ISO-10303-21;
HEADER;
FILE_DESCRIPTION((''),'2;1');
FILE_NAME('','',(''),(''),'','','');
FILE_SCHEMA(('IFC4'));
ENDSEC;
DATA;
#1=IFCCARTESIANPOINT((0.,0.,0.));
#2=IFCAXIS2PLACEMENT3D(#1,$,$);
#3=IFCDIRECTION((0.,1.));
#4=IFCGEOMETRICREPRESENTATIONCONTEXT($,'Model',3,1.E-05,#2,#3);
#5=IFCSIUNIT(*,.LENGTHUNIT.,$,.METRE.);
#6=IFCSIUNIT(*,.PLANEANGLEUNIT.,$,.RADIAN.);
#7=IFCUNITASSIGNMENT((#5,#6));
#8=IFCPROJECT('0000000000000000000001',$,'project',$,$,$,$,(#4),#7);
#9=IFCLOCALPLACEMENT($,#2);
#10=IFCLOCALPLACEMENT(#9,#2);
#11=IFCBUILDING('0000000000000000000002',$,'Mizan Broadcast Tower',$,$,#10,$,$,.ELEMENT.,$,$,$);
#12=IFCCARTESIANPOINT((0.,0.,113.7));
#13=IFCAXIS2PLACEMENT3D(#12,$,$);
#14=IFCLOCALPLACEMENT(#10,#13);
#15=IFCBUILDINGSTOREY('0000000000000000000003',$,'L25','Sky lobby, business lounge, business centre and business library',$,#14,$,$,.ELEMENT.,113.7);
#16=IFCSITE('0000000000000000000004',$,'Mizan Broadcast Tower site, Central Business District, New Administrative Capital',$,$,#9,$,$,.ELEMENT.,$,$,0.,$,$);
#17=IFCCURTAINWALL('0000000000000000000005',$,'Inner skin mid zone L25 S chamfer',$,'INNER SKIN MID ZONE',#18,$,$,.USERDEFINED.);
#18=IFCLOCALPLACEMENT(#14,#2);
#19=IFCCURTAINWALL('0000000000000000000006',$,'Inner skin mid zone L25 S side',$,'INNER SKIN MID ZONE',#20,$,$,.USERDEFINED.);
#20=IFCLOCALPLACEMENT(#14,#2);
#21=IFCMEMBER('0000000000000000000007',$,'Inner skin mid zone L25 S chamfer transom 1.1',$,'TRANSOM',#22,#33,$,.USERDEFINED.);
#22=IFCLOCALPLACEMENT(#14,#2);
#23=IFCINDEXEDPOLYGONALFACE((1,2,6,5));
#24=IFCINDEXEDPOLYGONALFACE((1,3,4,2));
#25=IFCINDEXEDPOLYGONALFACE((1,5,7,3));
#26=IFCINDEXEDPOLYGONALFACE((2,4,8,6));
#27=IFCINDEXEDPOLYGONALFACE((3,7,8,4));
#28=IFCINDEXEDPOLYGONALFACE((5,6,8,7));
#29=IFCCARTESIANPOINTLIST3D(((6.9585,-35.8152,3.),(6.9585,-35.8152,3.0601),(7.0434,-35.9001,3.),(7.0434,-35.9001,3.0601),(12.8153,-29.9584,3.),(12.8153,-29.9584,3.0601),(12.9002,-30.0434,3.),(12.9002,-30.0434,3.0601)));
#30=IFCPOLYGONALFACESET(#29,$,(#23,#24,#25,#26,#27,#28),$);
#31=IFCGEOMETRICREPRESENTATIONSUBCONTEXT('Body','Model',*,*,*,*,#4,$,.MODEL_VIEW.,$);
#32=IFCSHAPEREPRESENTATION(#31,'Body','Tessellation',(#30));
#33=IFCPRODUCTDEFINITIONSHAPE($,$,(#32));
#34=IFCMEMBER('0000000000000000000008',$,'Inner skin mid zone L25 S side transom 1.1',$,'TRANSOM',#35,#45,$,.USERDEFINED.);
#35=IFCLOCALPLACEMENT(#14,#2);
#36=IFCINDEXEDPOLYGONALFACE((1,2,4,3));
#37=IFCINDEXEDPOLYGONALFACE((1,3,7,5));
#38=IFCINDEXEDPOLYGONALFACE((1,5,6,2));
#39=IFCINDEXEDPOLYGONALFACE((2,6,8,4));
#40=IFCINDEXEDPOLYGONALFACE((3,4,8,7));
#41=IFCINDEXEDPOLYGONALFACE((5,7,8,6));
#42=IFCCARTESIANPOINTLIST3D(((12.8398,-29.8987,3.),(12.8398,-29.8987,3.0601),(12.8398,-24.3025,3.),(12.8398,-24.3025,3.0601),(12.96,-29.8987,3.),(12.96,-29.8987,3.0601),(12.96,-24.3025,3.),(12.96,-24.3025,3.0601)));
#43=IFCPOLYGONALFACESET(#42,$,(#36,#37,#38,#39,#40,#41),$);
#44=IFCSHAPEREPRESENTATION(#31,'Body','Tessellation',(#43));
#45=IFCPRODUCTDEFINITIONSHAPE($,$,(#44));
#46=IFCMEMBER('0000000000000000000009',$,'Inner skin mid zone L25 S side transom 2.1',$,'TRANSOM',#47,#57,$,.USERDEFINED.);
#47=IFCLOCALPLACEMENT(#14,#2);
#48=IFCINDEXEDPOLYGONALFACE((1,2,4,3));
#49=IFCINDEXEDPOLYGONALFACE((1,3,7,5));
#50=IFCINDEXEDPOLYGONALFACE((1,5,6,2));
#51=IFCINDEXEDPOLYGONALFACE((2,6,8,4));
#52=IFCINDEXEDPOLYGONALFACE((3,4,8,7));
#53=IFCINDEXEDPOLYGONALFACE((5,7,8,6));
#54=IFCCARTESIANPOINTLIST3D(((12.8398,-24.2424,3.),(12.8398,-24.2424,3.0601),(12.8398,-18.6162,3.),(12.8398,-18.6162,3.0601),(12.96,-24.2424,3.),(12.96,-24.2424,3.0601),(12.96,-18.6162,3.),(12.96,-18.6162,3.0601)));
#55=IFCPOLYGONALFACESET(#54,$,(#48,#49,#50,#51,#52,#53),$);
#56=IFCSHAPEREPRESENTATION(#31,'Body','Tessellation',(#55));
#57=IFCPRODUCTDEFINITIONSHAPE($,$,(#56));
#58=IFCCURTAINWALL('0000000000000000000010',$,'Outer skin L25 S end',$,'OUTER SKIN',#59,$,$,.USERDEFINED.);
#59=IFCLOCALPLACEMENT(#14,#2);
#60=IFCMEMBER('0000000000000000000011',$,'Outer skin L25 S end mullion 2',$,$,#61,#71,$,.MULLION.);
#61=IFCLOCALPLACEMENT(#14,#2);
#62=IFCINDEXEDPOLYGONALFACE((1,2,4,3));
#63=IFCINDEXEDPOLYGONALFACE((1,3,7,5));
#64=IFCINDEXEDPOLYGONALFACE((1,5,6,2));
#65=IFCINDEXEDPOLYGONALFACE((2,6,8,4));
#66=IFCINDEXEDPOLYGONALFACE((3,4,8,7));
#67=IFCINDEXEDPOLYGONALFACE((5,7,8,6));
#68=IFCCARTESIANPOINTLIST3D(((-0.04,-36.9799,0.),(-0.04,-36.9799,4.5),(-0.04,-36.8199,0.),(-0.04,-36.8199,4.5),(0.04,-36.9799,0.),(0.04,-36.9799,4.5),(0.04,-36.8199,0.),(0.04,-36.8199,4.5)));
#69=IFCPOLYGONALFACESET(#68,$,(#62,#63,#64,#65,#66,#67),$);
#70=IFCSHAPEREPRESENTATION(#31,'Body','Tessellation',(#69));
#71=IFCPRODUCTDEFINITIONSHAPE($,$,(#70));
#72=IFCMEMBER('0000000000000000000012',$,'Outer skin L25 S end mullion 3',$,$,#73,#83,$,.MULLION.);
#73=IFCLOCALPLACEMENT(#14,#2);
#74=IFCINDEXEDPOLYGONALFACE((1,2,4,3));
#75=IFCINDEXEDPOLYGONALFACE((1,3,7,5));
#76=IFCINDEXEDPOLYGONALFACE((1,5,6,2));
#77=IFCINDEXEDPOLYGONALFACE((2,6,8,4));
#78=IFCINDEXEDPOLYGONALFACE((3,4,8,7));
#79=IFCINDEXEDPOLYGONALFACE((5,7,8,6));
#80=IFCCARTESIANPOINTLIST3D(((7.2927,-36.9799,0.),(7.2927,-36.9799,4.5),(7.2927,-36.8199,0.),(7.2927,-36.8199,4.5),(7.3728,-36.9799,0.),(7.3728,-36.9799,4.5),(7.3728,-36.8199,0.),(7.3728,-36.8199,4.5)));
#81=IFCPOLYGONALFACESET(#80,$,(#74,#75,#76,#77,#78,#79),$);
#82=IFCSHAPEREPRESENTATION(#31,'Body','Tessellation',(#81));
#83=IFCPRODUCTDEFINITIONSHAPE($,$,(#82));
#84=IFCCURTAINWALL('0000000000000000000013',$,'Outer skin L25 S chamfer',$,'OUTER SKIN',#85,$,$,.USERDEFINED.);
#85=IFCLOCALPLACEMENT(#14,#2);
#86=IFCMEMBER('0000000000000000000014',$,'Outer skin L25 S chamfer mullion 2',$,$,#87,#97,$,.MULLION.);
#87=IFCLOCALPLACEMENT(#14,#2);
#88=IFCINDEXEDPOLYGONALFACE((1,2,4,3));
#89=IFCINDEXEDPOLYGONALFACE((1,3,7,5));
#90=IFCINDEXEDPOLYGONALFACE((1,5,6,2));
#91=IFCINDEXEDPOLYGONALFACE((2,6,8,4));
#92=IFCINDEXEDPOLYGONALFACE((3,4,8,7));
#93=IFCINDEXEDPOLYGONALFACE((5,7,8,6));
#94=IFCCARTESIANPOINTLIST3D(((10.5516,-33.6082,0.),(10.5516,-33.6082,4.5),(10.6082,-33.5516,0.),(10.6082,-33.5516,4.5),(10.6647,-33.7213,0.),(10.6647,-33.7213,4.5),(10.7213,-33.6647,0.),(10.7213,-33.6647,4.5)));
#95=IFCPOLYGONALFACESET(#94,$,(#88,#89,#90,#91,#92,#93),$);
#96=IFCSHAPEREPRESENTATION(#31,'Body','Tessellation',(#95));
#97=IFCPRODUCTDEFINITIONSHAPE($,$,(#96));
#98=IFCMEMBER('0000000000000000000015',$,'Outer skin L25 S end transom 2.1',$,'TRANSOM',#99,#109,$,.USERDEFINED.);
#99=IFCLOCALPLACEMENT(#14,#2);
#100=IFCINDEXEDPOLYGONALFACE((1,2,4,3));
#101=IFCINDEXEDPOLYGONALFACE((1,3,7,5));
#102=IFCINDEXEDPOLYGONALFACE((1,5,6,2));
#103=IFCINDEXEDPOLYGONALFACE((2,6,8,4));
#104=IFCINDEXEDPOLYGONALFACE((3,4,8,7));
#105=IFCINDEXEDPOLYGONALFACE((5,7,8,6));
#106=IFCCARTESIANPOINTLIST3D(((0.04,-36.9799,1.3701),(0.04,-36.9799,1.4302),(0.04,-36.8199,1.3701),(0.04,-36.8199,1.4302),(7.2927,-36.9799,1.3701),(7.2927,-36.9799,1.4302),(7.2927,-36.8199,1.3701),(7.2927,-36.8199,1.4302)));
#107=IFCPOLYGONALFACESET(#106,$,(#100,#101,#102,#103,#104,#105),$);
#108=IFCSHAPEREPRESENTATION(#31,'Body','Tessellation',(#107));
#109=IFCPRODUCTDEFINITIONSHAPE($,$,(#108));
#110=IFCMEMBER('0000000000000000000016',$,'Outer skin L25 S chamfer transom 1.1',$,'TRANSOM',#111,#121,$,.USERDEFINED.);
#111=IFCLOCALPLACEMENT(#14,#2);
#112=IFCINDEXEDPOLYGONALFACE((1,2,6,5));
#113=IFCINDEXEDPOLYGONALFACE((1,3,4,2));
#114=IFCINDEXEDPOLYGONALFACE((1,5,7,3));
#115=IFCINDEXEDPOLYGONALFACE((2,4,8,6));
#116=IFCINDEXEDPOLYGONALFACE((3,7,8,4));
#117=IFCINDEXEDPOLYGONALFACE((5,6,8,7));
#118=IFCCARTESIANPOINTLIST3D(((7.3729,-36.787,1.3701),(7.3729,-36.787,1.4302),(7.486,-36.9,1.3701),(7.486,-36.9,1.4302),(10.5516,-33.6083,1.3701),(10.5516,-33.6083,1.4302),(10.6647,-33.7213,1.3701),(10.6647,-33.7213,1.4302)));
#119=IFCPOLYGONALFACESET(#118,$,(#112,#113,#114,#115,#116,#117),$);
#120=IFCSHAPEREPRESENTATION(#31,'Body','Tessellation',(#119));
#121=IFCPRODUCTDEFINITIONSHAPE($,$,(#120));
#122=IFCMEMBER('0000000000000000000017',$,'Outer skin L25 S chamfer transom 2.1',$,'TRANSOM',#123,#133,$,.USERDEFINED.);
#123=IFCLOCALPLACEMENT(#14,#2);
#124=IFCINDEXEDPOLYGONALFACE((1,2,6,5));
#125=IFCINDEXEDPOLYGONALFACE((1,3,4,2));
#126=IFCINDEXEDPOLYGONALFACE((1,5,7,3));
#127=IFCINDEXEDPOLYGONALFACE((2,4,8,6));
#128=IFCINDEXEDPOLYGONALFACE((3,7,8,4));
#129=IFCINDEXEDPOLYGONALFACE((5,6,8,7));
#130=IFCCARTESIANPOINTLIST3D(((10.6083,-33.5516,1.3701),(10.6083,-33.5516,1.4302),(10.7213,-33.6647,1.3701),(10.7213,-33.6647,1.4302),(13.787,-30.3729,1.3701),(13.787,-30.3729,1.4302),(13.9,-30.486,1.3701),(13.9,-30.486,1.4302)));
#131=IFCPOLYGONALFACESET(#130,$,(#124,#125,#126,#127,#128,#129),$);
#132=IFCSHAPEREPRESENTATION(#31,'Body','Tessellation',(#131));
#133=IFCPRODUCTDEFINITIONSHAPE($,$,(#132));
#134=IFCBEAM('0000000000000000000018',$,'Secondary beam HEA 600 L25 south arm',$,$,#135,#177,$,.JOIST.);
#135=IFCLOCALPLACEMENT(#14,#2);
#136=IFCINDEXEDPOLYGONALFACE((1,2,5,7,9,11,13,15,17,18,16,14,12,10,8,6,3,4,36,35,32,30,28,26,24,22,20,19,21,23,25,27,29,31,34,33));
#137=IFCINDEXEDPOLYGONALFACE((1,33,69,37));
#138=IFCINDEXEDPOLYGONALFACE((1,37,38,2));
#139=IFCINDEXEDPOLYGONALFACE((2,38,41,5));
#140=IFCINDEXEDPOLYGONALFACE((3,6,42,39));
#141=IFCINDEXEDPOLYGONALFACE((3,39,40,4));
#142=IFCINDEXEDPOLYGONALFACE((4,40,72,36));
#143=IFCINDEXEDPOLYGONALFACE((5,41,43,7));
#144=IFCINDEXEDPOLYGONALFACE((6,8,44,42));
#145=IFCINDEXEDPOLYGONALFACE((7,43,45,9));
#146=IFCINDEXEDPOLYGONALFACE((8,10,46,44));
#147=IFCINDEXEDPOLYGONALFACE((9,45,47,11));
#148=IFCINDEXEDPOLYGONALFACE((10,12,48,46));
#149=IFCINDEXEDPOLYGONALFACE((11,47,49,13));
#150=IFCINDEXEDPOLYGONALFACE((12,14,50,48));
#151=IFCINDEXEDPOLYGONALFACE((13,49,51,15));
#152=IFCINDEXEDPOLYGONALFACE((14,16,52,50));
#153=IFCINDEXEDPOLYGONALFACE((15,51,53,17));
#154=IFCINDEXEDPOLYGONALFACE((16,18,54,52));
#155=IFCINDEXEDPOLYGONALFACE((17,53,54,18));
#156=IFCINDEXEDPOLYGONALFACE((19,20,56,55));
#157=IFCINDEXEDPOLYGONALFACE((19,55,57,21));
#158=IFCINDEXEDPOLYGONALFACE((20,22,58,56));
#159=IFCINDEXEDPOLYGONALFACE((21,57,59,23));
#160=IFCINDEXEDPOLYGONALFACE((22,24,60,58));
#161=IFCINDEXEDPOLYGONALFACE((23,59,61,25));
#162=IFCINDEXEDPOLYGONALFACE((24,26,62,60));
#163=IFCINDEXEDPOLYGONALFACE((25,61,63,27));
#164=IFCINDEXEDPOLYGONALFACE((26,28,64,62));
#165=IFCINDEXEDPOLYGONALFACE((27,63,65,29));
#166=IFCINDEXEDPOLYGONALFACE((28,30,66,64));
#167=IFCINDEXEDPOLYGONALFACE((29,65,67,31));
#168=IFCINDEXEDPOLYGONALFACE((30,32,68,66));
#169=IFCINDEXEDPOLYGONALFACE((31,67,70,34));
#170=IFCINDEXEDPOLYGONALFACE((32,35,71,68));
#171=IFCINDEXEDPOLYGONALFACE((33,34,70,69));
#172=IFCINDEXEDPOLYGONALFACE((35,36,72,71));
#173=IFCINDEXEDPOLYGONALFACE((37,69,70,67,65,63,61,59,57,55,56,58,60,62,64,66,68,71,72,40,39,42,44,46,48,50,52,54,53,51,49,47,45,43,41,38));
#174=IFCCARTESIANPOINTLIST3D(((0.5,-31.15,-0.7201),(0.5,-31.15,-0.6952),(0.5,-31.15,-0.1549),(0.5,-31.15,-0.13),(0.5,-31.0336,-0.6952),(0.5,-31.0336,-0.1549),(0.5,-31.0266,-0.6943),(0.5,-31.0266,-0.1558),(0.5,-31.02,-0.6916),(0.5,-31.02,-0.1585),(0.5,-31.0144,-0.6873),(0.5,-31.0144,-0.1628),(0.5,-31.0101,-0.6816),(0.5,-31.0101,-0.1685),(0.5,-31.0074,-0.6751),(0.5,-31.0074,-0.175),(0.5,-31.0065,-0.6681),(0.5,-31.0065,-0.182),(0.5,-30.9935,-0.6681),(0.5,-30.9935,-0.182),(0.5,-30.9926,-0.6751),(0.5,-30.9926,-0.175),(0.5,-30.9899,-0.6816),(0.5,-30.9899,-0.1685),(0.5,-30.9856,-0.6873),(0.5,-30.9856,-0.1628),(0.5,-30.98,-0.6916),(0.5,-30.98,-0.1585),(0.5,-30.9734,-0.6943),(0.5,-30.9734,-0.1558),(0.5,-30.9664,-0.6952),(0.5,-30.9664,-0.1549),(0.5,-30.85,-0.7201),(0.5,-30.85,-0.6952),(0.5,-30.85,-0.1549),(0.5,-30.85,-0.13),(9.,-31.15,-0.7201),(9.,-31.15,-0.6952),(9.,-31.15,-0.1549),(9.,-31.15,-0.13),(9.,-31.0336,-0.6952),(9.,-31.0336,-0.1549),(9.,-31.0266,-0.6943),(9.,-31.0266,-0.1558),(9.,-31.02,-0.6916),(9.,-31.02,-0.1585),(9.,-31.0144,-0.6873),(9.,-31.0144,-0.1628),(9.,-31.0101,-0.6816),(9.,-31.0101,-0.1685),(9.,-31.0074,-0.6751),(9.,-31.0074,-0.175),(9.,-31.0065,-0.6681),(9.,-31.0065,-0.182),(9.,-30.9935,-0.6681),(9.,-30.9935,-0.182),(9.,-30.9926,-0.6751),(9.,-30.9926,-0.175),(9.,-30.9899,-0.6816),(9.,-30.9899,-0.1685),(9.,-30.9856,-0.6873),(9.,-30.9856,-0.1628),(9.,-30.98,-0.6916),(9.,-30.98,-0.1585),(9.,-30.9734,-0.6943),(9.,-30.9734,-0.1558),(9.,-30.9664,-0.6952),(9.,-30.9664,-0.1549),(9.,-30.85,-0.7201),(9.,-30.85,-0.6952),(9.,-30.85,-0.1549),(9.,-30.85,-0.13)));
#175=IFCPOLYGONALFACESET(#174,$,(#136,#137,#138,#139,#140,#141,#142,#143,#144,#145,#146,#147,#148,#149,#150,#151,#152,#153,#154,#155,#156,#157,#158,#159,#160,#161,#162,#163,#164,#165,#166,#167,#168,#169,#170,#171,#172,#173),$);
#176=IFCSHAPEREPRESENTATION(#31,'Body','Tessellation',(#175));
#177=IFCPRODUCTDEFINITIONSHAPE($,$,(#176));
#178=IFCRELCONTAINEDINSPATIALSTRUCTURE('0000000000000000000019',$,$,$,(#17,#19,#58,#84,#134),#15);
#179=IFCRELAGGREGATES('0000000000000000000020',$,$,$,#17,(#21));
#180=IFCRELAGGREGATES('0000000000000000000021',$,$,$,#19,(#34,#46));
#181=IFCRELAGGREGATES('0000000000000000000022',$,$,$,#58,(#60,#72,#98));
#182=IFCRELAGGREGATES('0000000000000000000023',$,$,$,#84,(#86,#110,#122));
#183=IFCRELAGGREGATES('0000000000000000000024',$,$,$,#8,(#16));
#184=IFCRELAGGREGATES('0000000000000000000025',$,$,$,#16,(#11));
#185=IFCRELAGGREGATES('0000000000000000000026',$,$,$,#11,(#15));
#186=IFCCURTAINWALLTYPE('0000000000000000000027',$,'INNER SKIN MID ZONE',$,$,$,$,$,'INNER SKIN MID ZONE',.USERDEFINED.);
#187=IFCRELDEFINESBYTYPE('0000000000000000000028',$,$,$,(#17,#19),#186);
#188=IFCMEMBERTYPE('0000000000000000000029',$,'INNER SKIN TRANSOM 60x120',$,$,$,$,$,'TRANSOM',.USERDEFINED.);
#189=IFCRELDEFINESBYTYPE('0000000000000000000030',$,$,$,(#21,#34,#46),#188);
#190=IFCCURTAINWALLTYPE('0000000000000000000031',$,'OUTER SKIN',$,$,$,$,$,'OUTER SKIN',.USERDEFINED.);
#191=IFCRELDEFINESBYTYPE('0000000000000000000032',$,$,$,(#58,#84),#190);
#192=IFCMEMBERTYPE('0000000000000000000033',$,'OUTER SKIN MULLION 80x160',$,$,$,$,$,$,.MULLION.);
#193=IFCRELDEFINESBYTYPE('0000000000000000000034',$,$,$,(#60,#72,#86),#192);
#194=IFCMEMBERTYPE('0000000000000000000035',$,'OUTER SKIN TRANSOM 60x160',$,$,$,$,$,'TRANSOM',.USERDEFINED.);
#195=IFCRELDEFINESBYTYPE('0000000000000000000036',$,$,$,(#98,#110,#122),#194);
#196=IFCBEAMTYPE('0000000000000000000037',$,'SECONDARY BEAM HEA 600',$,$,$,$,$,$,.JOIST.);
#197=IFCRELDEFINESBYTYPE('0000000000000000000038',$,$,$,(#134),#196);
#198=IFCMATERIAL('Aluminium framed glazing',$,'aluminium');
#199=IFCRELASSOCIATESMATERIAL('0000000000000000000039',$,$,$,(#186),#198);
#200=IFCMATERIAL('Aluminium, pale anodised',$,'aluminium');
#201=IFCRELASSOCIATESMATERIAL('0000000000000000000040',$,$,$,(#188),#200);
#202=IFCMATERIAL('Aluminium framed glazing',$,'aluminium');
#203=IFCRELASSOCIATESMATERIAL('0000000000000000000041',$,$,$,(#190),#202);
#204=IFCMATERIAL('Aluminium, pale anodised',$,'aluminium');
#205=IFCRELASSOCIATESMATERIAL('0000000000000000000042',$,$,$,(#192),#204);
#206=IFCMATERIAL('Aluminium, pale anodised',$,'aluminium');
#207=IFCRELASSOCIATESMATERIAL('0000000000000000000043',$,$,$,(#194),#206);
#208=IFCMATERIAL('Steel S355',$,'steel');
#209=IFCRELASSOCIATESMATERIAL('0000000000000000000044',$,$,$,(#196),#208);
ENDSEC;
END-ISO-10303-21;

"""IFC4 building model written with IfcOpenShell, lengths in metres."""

from ifc_helpers import new_model, si_unit, direction, frame, origin, origin_2d, place, context, subcontext, project, spatial, rectangle, i_section, extrude, material, material_profile, profile_set, type_object, element, aggregate, save


model = new_model("IFC4")

# Units and contexts
model_context = context("Model", 3, precision=1e-05, world=origin(), true_north=direction((0.0, 1.0)))
body_context = subcontext(model_context, "Body", "Model", "MODEL_VIEW")
ifc_project = project(units=[si_unit("LENGTHUNIT", "METRE"), si_unit("PLANEANGLEUNIT", "RADIAN")], contexts=[model_context])

# Site, building, storey
site_placement = place(None, origin())
site = spatial("IfcSite", under=ifc_project, at=site_placement, Name="Mizan Broadcast Tower site, Central Business District, New Administrative Capital", CompositionType="ELEMENT", RefElevation=0.0)
building_placement = place(site_placement, origin())
building = spatial("IfcBuilding", under=site, at=building_placement, Name="Mizan Broadcast Tower", CompositionType="ELEMENT")
storey_placement = place(building_placement, frame((0.0, 0.0, 113.7)))
storey = spatial("IfcBuildingStorey", under=building, at=storey_placement, Name="L25", Description="Sky lobby, business lounge, business centre and business library", CompositionType="ELEMENT", Elevation=113.7)

# Shared definitions
ifc_material_1 = material(Name="Aluminium framed glazing", Category="aluminium")
curtain_wall_type_1 = type_object("IfcCurtainWallType", Name="INNER SKIN MID ZONE", ElementType="INNER SKIN MID ZONE", PredefinedType="USERDEFINED", material=ifc_material_1)

# Curtain walls
curtain_wall_1_placement = place(storey_placement, origin())
curtain_wall_1 = element("IfcCurtainWall", 1, at=curtain_wall_1_placement, inside=storey, type_object=curtain_wall_type_1, Name="Inner skin mid zone L25 S chamfer", ObjectType="INNER SKIN MID ZONE", PredefinedType="USERDEFINED")
curtain_wall_2_placement = place(storey_placement, origin())
curtain_wall_2 = element("IfcCurtainWall", 2, at=curtain_wall_2_placement, inside=storey, type_object=curtain_wall_type_1, Name="Inner skin mid zone L25 S side", ObjectType="INNER SKIN MID ZONE", PredefinedType="USERDEFINED")

# Members
ifc_material_2 = material(Name="Aluminium, pale anodised", Category="aluminium")
ifc_material_profile_1 = material_profile(ifc_material_2, rectangle(XDim=0.1201, YDim=0.0601, at=origin_2d()), Name="TRANSOM 120x60")
ifc_profile_set_1 = profile_set([ifc_material_profile_1], Name="Aluminium, pale anodised")
member_type_1 = type_object("IfcMemberType", Name="INNER SKIN TRANSOM 60x120", ElementType="TRANSOM", PredefinedType="USERDEFINED", material=ifc_profile_set_1)
member_1_placement = place(storey_placement, frame((7.001, -35.8577, 3.03), z_axis=(0.707107, 0.707107, 0.0), x_axis=(-0.707107, 0.707107, 0.0)))
member_1 = element("IfcMember", 3, at=member_1_placement, type_object=member_type_1, Name="Inner skin mid zone L25 S chamfer transom 1.1", ObjectType="TRANSOM", PredefinedType="USERDEFINED", context=body_context, shape_type="SweptSolid", body=[
    extrude(rectangle(XDim=0.1201, YDim=0.0601, at=origin_2d()), origin(), (0.0, 0.0, 1.0), 8.2827),
])
member_2_placement = place(storey_placement, frame((12.8999, -29.8987, 3.03), z_axis=(0.0, 1.0, 0.0), x_axis=(-1.0, 0.0, 0.0)))
member_2 = element("IfcMember", 4, at=member_2_placement, type_object=member_type_1, Name="Inner skin mid zone L25 S side transom 1.1", ObjectType="TRANSOM", PredefinedType="USERDEFINED", context=body_context, shape_type="SweptSolid", body=[
    extrude(rectangle(XDim=0.1201, YDim=0.0601, at=origin_2d()), origin(), (0.0, 0.0, 1.0), 5.5962),
])
member_3_placement = place(storey_placement, frame((12.8999, -24.2424, 3.03), z_axis=(0.0, 1.0, 0.0), x_axis=(-1.0, 0.0, 0.0)))
member_3 = element("IfcMember", 5, at=member_3_placement, type_object=member_type_1, Name="Inner skin mid zone L25 S side transom 2.1", ObjectType="TRANSOM", PredefinedType="USERDEFINED", context=body_context, shape_type="SweptSolid", body=[
    extrude(rectangle(XDim=0.1201, YDim=0.0601, at=origin_2d()), origin(), (0.0, 0.0, 1.0), 5.6262),
])

# Curtain wall, members
ifc_material_3 = material(Name="Aluminium framed glazing", Category="aluminium")
curtain_wall_type_2 = type_object("IfcCurtainWallType", Name="OUTER SKIN", ElementType="OUTER SKIN", PredefinedType="USERDEFINED", material=ifc_material_3)
curtain_wall_3_placement = place(storey_placement, origin())
curtain_wall_3 = element("IfcCurtainWall", 6, at=curtain_wall_3_placement, inside=storey, type_object=curtain_wall_type_2, Name="Outer skin L25 S end", ObjectType="OUTER SKIN", PredefinedType="USERDEFINED")
ifc_material_4 = material(Name="Aluminium, pale anodised", Category="aluminium")
ifc_material_profile_2 = material_profile(ifc_material_4, rectangle(XDim=0.1599, YDim=0.0801, at=origin_2d()), Name="MULLION 160x80")
ifc_profile_set_2 = profile_set([ifc_material_profile_2], Name="Aluminium, pale anodised")
member_type_2 = type_object("IfcMemberType", Name="OUTER SKIN MULLION 80x160", PredefinedType="MULLION", material=ifc_profile_set_2)
member_4_placement = place(storey_placement, frame((0.0, -36.8999, 0.0), z_axis=(0.0, 0.0, 1.0), x_axis=(0.0, 1.0, 0.0)))
member_4 = element("IfcMember", 7, at=member_4_placement, type_object=member_type_2, Name="Outer skin L25 S end mullion 2", PredefinedType="MULLION", context=body_context, shape_type="SweptSolid", body=[
    extrude(rectangle(XDim=0.1599, YDim=0.0801, at=origin_2d()), origin(), (0.0, 0.0, 1.0), 4.5),
])
member_5_placement = place(storey_placement, frame((7.3328, -36.8999, 0.0), z_axis=(0.0, 0.0, 1.0), x_axis=(0.0, 1.0, 0.0)))
member_5 = element("IfcMember", 8, at=member_5_placement, type_object=member_type_2, Name="Outer skin L25 S end mullion 3", PredefinedType="MULLION", context=body_context, shape_type="SweptSolid", body=[
    extrude(rectangle(XDim=0.1599, YDim=0.0801, at=origin_2d()), origin(), (0.0, 0.0, 1.0), 4.5),
])

# Curtain wall, member
curtain_wall_4_placement = place(storey_placement, origin())
curtain_wall_4 = element("IfcCurtainWall", 9, at=curtain_wall_4_placement, inside=storey, type_object=curtain_wall_type_2, Name="Outer skin L25 S chamfer", ObjectType="OUTER SKIN", PredefinedType="USERDEFINED")
member_6_placement = place(storey_placement, frame((10.6365, -33.6365, 0.0), z_axis=(0.0, 0.0, 1.0), x_axis=(-0.707107, 0.707107, 0.0)))
member_6 = element("IfcMember", 10, at=member_6_placement, type_object=member_type_2, Name="Outer skin L25 S chamfer mullion 2", PredefinedType="MULLION", context=body_context, shape_type="SweptSolid", body=[
    extrude(rectangle(XDim=0.1599, YDim=0.0801, at=origin_2d()), origin(), (0.0, 0.0, 1.0), 4.5),
])

# Members
ifc_material_5 = material(Name="Aluminium, pale anodised", Category="aluminium")
ifc_material_profile_3 = material_profile(ifc_material_5, rectangle(XDim=0.1599, YDim=0.0601, at=origin_2d()), Name="TRANSOM 160x60")
ifc_profile_set_3 = profile_set([ifc_material_profile_3], Name="Aluminium, pale anodised")
member_type_3 = type_object("IfcMemberType", Name="OUTER SKIN TRANSOM 60x160", ElementType="TRANSOM", PredefinedType="USERDEFINED", material=ifc_profile_set_3)
member_7_placement = place(storey_placement, frame((0.04, -36.8999, 1.4001), z_axis=(1.0, 0.0, 0.0), x_axis=(0.0, 1.0, 0.0)))
member_7 = element("IfcMember", 11, at=member_7_placement, type_object=member_type_3, Name="Outer skin L25 S end transom 2.1", ObjectType="TRANSOM", PredefinedType="USERDEFINED", context=body_context, shape_type="SweptSolid", body=[
    extrude(rectangle(XDim=0.1599, YDim=0.0601, at=origin_2d()), origin(), (0.0, 0.0, 1.0), 7.2527),
])
member_8_placement = place(storey_placement, frame((7.4294, -36.8435, 1.4001), z_axis=(0.707107, 0.707107, 0.0), x_axis=(-0.707107, 0.707107, 0.0)))
member_8 = element("IfcMember", 12, at=member_8_placement, type_object=member_type_3, Name="Outer skin L25 S chamfer transom 1.1", ObjectType="TRANSOM", PredefinedType="USERDEFINED", context=body_context, shape_type="SweptSolid", body=[
    extrude(rectangle(XDim=0.1599, YDim=0.0601, at=origin_2d()), origin(), (0.0, 0.0, 1.0), 4.4954),
])
member_9_placement = place(storey_placement, frame((10.6648, -33.6082, 1.4001), z_axis=(0.707107, 0.707107, 0.0), x_axis=(-0.707107, 0.707107, 0.0)))
member_9 = element("IfcMember", 13, at=member_9_placement, type_object=member_type_3, Name="Outer skin L25 S chamfer transom 2.1", ObjectType="TRANSOM", PredefinedType="USERDEFINED", context=body_context, shape_type="SweptSolid", body=[
    extrude(rectangle(XDim=0.1599, YDim=0.0601, at=origin_2d()), origin(), (0.0, 0.0, 1.0), 4.4954),
])

# Beam
ifc_material_6 = material(Name="Steel S355", Category="steel")
ifc_material_profile_4 = material_profile(ifc_material_6, i_section(OverallWidth=0.3, OverallDepth=0.5901, WebThickness=0.0129, FlangeThickness=0.0249, FilletRadius=0.0271, at=origin_2d()), Name="HEA 600")
ifc_profile_set_4 = profile_set([ifc_material_profile_4], Name="Steel S355")
beam_type_1 = type_object("IfcBeamType", Name="SECONDARY BEAM HEA 600", PredefinedType="JOIST", material=ifc_profile_set_4)
beam_1_placement = place(storey_placement, frame((9.0, -31.0, -0.425), z_axis=(-1.0, 0.0, 0.0), x_axis=(0.0, -1.0, 0.0)))
element("IfcBeam", 14, at=beam_1_placement, inside=storey, type_object=beam_type_1, Name="Secondary beam HEA 600 L25 south arm", PredefinedType="JOIST", context=body_context, shape_type="SweptSolid", body=[
    extrude(i_section(OverallWidth=0.3, OverallDepth=0.5901, WebThickness=0.0129, FlangeThickness=0.0249, FilletRadius=0.0271, at=origin_2d()), origin(), (0.0, 0.0, 1.0), 8.5),
])

aggregate(curtain_wall_1, [member_1])
aggregate(curtain_wall_2, [member_2, member_3])
aggregate(curtain_wall_3, [member_4, member_5, member_7])
aggregate(curtain_wall_4, [member_6, member_8, member_9])

save(model, "model.ifc")
